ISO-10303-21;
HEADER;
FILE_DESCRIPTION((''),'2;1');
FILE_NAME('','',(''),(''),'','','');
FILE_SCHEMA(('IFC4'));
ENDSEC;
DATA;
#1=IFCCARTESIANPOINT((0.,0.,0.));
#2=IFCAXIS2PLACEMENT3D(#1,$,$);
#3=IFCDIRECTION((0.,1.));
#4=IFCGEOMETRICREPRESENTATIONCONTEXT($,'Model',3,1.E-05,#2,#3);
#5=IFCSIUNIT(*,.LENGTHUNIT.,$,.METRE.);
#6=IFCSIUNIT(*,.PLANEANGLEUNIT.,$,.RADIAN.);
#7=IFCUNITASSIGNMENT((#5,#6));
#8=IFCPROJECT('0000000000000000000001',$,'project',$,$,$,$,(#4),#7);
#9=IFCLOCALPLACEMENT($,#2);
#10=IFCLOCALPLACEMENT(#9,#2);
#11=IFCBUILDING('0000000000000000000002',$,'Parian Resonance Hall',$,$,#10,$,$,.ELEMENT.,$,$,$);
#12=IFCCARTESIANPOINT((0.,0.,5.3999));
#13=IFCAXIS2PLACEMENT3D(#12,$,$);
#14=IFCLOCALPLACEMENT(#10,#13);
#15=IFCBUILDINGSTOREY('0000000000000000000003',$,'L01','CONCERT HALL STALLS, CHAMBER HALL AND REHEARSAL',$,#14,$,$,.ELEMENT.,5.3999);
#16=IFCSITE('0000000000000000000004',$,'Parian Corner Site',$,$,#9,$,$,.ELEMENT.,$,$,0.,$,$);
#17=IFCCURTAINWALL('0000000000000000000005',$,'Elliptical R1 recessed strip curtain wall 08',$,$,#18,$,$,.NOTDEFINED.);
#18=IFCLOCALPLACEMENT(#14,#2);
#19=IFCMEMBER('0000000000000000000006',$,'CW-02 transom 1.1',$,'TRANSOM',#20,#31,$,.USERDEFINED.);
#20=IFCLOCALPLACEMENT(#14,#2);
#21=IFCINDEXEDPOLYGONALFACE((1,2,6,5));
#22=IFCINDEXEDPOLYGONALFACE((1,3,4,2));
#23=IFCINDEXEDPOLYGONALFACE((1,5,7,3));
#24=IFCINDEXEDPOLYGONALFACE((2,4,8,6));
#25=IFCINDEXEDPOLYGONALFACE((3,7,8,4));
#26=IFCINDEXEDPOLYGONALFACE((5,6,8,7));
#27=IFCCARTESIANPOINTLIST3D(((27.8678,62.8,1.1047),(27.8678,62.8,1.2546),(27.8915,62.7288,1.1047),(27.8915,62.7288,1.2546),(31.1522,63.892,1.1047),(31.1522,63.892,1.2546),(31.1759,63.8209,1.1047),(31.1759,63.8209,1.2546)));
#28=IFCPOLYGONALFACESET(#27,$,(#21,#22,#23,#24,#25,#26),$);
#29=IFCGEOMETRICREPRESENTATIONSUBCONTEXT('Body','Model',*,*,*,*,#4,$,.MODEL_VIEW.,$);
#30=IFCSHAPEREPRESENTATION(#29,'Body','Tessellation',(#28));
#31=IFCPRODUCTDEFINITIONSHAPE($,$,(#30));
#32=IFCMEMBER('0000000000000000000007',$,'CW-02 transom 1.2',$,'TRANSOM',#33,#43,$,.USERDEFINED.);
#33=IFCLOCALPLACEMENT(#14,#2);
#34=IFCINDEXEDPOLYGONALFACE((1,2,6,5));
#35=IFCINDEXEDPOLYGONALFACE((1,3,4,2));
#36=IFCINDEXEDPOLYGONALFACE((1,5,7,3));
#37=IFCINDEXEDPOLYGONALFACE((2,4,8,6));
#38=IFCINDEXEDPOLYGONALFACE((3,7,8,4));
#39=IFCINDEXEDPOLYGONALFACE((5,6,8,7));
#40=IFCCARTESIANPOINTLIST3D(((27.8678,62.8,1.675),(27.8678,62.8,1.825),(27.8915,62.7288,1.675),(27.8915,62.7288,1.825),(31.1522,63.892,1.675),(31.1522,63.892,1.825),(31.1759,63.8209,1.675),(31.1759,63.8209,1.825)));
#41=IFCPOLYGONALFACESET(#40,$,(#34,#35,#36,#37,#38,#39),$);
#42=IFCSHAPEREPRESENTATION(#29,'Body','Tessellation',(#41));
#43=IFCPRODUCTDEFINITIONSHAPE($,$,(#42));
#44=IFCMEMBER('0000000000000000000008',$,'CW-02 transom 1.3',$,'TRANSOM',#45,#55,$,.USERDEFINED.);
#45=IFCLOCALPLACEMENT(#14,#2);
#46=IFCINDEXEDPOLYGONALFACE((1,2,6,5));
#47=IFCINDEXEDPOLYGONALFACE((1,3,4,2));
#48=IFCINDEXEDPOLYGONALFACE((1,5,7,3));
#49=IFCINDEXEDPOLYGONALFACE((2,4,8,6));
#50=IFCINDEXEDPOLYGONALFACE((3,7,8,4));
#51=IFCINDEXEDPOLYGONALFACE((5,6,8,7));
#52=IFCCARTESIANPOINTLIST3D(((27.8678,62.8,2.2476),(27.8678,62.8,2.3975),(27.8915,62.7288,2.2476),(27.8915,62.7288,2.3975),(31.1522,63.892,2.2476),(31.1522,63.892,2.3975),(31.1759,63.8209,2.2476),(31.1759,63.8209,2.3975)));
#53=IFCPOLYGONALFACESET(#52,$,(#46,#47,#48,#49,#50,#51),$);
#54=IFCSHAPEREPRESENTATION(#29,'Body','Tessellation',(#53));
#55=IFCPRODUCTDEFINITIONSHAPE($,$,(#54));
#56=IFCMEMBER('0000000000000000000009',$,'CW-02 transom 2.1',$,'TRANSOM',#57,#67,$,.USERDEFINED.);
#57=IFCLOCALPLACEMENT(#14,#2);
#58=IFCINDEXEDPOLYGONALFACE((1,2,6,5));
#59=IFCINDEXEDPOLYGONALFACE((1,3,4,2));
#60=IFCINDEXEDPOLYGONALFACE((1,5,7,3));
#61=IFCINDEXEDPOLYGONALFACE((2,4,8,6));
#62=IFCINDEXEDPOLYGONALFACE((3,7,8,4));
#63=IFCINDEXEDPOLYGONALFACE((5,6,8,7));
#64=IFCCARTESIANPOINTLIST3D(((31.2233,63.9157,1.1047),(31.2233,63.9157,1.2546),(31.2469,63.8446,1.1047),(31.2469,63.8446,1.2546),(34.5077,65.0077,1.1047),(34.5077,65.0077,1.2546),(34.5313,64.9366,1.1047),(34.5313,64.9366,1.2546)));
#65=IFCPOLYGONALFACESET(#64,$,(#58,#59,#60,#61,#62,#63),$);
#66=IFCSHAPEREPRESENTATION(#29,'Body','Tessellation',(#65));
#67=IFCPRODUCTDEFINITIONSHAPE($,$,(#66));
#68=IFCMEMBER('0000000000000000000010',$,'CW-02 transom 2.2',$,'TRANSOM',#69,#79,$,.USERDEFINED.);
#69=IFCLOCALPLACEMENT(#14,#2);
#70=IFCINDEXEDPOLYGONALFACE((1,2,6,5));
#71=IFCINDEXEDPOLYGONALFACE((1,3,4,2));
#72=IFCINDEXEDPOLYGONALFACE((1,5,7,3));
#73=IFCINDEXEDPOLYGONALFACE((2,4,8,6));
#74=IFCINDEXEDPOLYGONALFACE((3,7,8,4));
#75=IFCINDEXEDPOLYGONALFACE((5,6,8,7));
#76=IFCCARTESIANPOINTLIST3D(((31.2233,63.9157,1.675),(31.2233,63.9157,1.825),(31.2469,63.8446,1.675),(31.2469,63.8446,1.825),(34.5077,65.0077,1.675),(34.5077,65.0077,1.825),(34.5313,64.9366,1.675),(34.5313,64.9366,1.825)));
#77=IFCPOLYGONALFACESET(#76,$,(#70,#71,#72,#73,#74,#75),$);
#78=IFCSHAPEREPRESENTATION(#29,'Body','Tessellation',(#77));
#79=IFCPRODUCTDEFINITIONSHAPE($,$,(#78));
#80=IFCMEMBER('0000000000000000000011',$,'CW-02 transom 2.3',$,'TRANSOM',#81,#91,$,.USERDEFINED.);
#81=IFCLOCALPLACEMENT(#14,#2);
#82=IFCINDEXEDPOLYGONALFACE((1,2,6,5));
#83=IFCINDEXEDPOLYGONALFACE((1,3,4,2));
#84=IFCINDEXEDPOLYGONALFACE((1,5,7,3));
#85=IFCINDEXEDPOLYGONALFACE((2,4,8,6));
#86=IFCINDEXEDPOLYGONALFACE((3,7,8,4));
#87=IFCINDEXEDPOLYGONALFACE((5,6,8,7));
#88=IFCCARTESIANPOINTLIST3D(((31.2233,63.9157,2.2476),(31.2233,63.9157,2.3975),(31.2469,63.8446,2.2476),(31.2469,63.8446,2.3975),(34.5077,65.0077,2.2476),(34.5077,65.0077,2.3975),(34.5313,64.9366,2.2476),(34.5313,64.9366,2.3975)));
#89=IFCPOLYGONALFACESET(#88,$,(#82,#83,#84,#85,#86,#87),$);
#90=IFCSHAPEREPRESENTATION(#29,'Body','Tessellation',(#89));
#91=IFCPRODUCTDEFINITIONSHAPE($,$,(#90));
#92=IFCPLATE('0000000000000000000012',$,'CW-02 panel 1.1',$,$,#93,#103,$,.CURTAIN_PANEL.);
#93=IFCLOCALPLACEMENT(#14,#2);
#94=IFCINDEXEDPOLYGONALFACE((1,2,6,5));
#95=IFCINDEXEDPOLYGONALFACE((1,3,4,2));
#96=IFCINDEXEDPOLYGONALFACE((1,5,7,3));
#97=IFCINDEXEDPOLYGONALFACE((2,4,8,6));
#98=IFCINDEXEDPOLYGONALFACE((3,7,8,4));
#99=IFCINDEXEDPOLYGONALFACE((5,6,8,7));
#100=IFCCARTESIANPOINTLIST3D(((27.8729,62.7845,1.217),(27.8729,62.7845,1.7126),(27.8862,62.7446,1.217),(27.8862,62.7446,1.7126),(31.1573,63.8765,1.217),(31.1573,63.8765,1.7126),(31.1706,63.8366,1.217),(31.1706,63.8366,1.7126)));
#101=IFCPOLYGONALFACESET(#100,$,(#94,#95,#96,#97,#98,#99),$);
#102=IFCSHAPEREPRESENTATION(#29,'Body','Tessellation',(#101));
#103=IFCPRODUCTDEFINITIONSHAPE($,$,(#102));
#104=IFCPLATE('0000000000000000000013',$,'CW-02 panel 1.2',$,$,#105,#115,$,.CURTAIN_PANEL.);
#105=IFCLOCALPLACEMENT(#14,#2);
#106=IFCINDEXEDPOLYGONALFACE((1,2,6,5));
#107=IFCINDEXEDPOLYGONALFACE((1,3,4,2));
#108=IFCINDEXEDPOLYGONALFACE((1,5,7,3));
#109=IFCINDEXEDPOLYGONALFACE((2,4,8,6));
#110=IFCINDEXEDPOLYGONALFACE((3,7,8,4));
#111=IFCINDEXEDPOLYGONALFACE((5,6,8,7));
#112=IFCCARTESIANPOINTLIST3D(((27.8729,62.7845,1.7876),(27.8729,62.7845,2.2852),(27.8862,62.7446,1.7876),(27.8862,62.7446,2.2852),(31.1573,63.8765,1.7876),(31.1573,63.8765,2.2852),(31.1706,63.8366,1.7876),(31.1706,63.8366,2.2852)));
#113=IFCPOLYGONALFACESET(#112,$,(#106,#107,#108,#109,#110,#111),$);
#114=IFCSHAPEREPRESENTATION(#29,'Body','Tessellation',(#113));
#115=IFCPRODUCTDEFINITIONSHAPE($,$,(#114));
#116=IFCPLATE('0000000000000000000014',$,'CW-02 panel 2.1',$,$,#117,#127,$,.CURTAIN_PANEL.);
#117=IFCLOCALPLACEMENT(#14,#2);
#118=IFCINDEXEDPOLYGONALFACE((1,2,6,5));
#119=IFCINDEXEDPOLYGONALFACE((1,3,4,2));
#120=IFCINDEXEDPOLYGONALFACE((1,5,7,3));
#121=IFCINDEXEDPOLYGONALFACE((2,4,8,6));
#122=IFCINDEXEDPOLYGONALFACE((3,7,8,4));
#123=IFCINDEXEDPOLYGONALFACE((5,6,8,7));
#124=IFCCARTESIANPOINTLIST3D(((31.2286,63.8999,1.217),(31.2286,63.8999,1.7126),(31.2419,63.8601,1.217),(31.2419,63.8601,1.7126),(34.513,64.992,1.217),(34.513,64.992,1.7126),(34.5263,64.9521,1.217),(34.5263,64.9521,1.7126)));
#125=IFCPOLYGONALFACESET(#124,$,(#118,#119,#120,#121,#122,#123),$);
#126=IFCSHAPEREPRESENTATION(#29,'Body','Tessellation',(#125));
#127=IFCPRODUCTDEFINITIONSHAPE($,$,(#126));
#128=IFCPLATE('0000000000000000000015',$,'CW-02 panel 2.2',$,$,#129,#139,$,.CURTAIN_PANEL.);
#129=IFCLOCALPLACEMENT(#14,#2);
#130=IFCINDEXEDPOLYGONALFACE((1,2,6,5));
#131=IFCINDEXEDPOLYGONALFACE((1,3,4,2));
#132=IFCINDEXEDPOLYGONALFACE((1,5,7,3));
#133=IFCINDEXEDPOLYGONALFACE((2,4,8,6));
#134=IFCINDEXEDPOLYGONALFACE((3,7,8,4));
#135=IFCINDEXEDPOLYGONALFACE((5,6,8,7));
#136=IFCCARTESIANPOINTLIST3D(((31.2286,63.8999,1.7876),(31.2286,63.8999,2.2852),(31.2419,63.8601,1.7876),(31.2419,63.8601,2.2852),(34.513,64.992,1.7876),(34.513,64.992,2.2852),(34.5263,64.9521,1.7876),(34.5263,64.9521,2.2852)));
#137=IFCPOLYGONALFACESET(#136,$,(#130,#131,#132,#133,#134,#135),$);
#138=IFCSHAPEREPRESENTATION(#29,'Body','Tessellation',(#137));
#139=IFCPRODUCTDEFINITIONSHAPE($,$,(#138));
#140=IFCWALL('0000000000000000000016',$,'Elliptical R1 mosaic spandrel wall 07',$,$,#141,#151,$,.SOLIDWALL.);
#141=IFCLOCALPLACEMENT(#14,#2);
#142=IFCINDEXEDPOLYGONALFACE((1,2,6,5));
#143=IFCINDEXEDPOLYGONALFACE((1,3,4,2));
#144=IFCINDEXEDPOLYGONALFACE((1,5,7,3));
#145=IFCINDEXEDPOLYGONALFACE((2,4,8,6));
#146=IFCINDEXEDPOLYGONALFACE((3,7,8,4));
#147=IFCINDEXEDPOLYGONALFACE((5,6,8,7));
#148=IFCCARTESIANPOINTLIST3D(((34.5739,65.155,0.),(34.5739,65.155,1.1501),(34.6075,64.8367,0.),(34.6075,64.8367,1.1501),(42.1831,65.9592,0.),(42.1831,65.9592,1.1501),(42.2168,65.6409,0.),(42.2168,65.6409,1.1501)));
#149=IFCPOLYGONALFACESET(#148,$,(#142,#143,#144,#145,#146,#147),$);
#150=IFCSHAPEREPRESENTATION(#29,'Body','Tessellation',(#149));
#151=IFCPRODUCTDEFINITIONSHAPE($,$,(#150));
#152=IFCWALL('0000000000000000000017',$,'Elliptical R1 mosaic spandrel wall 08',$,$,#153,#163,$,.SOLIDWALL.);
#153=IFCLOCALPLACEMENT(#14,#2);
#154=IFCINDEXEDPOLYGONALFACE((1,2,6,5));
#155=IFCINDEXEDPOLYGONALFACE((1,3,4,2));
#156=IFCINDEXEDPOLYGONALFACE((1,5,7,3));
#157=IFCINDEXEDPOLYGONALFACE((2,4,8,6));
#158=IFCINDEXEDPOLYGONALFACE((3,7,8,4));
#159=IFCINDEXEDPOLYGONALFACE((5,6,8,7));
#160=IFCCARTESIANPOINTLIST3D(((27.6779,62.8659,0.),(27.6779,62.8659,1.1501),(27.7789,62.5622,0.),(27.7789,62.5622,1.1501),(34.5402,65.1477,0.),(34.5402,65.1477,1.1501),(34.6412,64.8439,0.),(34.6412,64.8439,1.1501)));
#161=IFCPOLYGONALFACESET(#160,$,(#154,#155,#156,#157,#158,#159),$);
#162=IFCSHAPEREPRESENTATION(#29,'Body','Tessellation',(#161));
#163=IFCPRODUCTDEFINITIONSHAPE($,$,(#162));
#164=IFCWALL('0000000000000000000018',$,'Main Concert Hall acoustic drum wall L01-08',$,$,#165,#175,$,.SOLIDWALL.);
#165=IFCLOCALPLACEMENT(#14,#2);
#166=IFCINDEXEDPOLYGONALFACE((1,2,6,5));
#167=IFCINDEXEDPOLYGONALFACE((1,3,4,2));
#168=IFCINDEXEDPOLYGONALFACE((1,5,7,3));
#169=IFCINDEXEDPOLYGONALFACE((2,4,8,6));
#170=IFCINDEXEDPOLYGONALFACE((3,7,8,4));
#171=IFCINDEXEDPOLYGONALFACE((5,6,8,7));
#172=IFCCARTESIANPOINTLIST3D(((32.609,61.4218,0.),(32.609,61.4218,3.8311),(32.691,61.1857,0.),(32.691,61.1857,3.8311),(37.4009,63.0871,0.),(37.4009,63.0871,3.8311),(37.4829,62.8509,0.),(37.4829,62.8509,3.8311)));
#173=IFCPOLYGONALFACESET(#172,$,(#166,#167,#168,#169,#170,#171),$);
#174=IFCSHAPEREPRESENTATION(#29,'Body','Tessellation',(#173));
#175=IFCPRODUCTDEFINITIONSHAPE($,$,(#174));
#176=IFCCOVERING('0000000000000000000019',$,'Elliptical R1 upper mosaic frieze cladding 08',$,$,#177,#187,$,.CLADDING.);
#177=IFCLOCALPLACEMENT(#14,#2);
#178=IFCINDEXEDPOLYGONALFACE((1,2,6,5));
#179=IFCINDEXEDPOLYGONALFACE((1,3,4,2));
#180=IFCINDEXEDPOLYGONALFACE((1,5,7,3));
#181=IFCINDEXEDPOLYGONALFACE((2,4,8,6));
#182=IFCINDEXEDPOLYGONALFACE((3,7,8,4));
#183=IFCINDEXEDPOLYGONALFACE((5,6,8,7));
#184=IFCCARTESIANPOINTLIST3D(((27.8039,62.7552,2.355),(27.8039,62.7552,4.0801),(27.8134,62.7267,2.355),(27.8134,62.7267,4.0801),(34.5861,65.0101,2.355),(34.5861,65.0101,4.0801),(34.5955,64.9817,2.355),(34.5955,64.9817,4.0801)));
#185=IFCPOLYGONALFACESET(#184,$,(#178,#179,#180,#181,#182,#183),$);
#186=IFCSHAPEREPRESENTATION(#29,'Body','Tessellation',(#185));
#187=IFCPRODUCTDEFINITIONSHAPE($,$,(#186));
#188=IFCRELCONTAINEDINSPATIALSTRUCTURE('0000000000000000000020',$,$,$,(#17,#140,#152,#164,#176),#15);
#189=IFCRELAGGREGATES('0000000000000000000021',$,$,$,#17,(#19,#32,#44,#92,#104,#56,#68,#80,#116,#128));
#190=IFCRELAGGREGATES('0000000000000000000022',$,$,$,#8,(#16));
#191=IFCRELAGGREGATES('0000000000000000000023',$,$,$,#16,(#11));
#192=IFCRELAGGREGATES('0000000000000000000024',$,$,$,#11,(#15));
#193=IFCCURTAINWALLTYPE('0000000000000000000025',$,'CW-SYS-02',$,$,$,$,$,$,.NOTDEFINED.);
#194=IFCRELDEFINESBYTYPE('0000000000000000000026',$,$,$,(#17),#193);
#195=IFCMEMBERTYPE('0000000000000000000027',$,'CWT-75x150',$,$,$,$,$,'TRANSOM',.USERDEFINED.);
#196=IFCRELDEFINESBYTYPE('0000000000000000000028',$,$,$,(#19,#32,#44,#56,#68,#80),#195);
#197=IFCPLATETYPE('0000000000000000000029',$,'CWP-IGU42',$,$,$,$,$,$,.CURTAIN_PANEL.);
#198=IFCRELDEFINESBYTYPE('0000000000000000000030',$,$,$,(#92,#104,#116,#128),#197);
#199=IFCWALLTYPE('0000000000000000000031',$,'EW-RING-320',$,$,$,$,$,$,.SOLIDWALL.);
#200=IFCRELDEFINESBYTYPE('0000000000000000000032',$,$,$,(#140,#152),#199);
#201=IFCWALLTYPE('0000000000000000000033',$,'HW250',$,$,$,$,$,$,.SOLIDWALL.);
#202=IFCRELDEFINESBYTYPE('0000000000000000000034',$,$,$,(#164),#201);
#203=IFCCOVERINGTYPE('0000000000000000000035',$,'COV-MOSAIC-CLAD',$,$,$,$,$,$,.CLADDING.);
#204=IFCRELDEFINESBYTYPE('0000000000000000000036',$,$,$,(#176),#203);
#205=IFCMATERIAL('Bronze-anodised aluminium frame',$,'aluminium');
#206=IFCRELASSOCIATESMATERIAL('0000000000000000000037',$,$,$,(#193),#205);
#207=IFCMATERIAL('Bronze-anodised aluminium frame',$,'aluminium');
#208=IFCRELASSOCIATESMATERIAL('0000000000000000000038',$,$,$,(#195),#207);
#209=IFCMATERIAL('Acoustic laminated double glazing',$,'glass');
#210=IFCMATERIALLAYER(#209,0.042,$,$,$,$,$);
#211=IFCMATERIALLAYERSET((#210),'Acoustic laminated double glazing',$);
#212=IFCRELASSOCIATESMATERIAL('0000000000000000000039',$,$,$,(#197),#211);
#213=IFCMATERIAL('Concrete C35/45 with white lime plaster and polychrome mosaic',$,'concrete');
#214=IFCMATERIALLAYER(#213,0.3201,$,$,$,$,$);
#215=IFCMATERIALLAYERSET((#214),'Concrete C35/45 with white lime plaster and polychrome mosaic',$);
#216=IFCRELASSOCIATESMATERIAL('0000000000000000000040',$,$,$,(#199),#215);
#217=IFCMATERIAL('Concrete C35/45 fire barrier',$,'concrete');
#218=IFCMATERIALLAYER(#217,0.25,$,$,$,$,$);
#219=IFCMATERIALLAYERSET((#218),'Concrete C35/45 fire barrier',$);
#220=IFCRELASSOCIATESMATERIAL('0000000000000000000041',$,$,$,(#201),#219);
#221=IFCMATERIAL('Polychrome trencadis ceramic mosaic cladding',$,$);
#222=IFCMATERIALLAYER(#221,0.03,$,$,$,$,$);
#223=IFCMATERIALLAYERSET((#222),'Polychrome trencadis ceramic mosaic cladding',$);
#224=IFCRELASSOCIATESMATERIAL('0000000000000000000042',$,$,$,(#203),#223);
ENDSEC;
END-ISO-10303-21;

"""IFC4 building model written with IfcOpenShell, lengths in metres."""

from ifc_helpers import new_model, si_unit, direction, frame, frame_2d, origin, origin_2d, place, context, subcontext, project, spatial, rectangle, extrude, material, layer, layer_set, material_profile, profile_set, type_object, element, aggregate, save


model = new_model("IFC4")

# Units and contexts
model_context = context("Model", 3, precision=1e-05, world=origin(), true_north=direction((0.0, 1.0)))
body_context = subcontext(model_context, "Body", "Model", "MODEL_VIEW")
ifc_project = project(units=[si_unit("LENGTHUNIT", "METRE"), si_unit("PLANEANGLEUNIT", "RADIAN")], contexts=[model_context])

# Site, building, storey
site_placement = place(None, origin())
site = spatial("IfcSite", under=ifc_project, at=site_placement, Name="Parian Corner Site", CompositionType="ELEMENT", RefElevation=0.0)
building_placement = place(site_placement, origin())
building = spatial("IfcBuilding", under=site, at=building_placement, Name="Parian Resonance Hall", CompositionType="ELEMENT")
storey_placement = place(building_placement, frame((0.0, 0.0, 5.3999)))
storey = spatial("IfcBuildingStorey", under=building, at=storey_placement, Name="L01", Description="CONCERT HALL STALLS, CHAMBER HALL AND REHEARSAL", CompositionType="ELEMENT", Elevation=5.3999)

# Curtain wall, members, plates
ifc_material_1 = material(Name="Bronze-anodised aluminium frame", Category="aluminium")
curtain_wall_type_1 = type_object("IfcCurtainWallType", Name="CW-SYS-02", PredefinedType="NOTDEFINED", material=ifc_material_1)
curtain_wall_1_placement = place(storey_placement, origin())
curtain_wall_1 = element("IfcCurtainWall", 1, at=curtain_wall_1_placement, inside=storey, type_object=curtain_wall_type_1, Name="Elliptical R1 recessed strip curtain wall 08", PredefinedType="NOTDEFINED")
ifc_material_2 = material(Name="Bronze-anodised aluminium frame", Category="aluminium")
ifc_material_profile_1 = material_profile(ifc_material_2, rectangle(XDim=0.075, YDim=0.1499, at=origin_2d()), Name="CWT-75x150")
ifc_profile_set_1 = profile_set([ifc_material_profile_1], Name="Bronze-anodised aluminium frame")
member_type_1 = type_object("IfcMemberType", Name="CWT-75x150", ElementType="TRANSOM", PredefinedType="USERDEFINED", material=ifc_profile_set_1)
member_1_placement = place(storey_placement, frame((27.8796, 62.7644, 1.1797), z_axis=(0.948923, 0.315508, 0.0), x_axis=(-0.315508, 0.948923, 0.0)))
member_1 = element("IfcMember", 2, at=member_1_placement, type_object=member_type_1, Name="CW-02 transom 1.1", ObjectType="TRANSOM", PredefinedType="USERDEFINED", context=body_context, shape_type="SweptSolid", body=[
    extrude(rectangle(XDim=0.075, YDim=0.1499, at=origin_2d()), origin(), (0.0, 0.0, 1.0), 3.4612),
])
member_2_placement = place(storey_placement, frame((27.8796, 62.7644, 1.75), z_axis=(0.948923, 0.315508, 0.0), x_axis=(-0.315508, 0.948923, 0.0)))
member_2 = element("IfcMember", 3, at=member_2_placement, type_object=member_type_1, Name="CW-02 transom 1.2", ObjectType="TRANSOM", PredefinedType="USERDEFINED", context=body_context, shape_type="SweptSolid", body=[
    extrude(rectangle(XDim=0.075, YDim=0.1499, at=origin_2d()), origin(), (0.0, 0.0, 1.0), 3.4612),
])
member_3_placement = place(storey_placement, frame((27.8796, 62.7644, 2.3225), z_axis=(0.948923, 0.315508, 0.0), x_axis=(-0.315508, 0.948923, 0.0)))
member_3 = element("IfcMember", 4, at=member_3_placement, type_object=member_type_1, Name="CW-02 transom 1.3", ObjectType="TRANSOM", PredefinedType="USERDEFINED", context=body_context, shape_type="SweptSolid", body=[
    extrude(rectangle(XDim=0.075, YDim=0.1499, at=origin_2d()), origin(), (0.0, 0.0, 1.0), 3.4612),
])
member_4_placement = place(storey_placement, frame((31.2351, 63.8801, 1.1797), z_axis=(0.948923, 0.315508, 0.0), x_axis=(-0.315508, 0.948923, 0.0)))
member_4 = element("IfcMember", 5, at=member_4_placement, type_object=member_type_1, Name="CW-02 transom 2.1", ObjectType="TRANSOM", PredefinedType="USERDEFINED", context=body_context, shape_type="SweptSolid", body=[
    extrude(rectangle(XDim=0.075, YDim=0.1499, at=origin_2d()), origin(), (0.0, 0.0, 1.0), 3.4612),
])
member_5_placement = place(storey_placement, frame((31.2351, 63.8801, 1.75), z_axis=(0.948923, 0.315508, 0.0), x_axis=(-0.315508, 0.948923, 0.0)))
member_5 = element("IfcMember", 6, at=member_5_placement, type_object=member_type_1, Name="CW-02 transom 2.2", ObjectType="TRANSOM", PredefinedType="USERDEFINED", context=body_context, shape_type="SweptSolid", body=[
    extrude(rectangle(XDim=0.075, YDim=0.1499, at=origin_2d()), origin(), (0.0, 0.0, 1.0), 3.4612),
])
member_6_placement = place(storey_placement, frame((31.2351, 63.8801, 2.3225), z_axis=(0.948923, 0.315508, 0.0), x_axis=(-0.315508, 0.948923, 0.0)))
member_6 = element("IfcMember", 7, at=member_6_placement, type_object=member_type_1, Name="CW-02 transom 2.3", ObjectType="TRANSOM", PredefinedType="USERDEFINED", context=body_context, shape_type="SweptSolid", body=[
    extrude(rectangle(XDim=0.075, YDim=0.1499, at=origin_2d()), origin(), (0.0, 0.0, 1.0), 3.4612),
])
ifc_material_3 = material(Name="Acoustic laminated double glazing", Category="glass")
ifc_layer_1 = layer(ifc_material_3, 0.042)
ifc_layer_set_1 = layer_set([ifc_layer_1], Name="Acoustic laminated double glazing")
plate_type = type_object("IfcPlateType", Name="CWP-IGU42", PredefinedType="CURTAIN_PANEL", material=ifc_layer_set_1)
plate_1_placement = place(storey_placement, frame((29.5217, 63.3105, 1.217), z_axis=(0.0, 0.0, 1.0), x_axis=(0.948924, 0.315506, 0.0)))
plate_1 = element("IfcPlate", 8, at=plate_1_placement, type_object=plate_type, Name="CW-02 panel 1.1", PredefinedType="CURTAIN_PANEL", context=body_context, shape_type="SweptSolid", body=[
    extrude(rectangle(XDim=3.4612, YDim=0.042, at=origin_2d()), origin(), (0.0, 0.0, 1.0), 0.4956),
])
plate_2_placement = place(storey_placement, frame((29.5217, 63.3105, 1.7876), z_axis=(0.0, 0.0, 1.0), x_axis=(0.948924, 0.315506, 0.0)))
plate_2 = element("IfcPlate", 9, at=plate_2_placement, type_object=plate_type, Name="CW-02 panel 1.2", PredefinedType="CURTAIN_PANEL", context=body_context, shape_type="SweptSolid", body=[
    extrude(rectangle(XDim=3.4612, YDim=0.042, at=origin_2d()), origin(), (0.0, 0.0, 1.0), 0.4976),
])
plate_3_placement = place(storey_placement, frame((32.8774, 64.426, 1.217), z_axis=(0.0, 0.0, 1.0), x_axis=(0.948924, 0.315506, 0.0)))
plate_3 = element("IfcPlate", 10, at=plate_3_placement, type_object=plate_type, Name="CW-02 panel 2.1", PredefinedType="CURTAIN_PANEL", context=body_context, shape_type="SweptSolid", body=[
    extrude(rectangle(XDim=3.4612, YDim=0.042, at=origin_2d()), origin(), (0.0, 0.0, 1.0), 0.4956),
])
plate_4_placement = place(storey_placement, frame((32.8774, 64.426, 1.7876), z_axis=(0.0, 0.0, 1.0), x_axis=(0.948924, 0.315506, 0.0)))
plate_4 = element("IfcPlate", 11, at=plate_4_placement, type_object=plate_type, Name="CW-02 panel 2.2", PredefinedType="CURTAIN_PANEL", context=body_context, shape_type="SweptSolid", body=[
    extrude(rectangle(XDim=3.4612, YDim=0.042, at=origin_2d()), origin(), (0.0, 0.0, 1.0), 0.4976),
])
aggregate(curtain_wall_1, [member_1, member_2, member_3, plate_1, plate_2, member_4, member_5, member_6, plate_3, plate_4])

# Walls
ifc_material_4 = material(Name="Concrete C35/45 with white lime plaster and polychrome mosaic", Category="concrete")
ifc_layer_2 = layer(ifc_material_4, 0.3201)
ifc_layer_set_2 = layer_set([ifc_layer_2], Name="Concrete C35/45 with white lime plaster and polychrome mosaic")
wall_type_1 = type_object("IfcWallType", Name="EW-RING-320", PredefinedType="SOLIDWALL", material=ifc_layer_set_2)
wall_1_placement = place(storey_placement, frame((34.5908, 64.9958, 0.0), z_axis=(0.0, 0.0, 1.0), x_axis=(0.994461, 0.105103, 0.0)))
element("IfcWall", 12, at=wall_1_placement, inside=storey, type_object=wall_type_1, Name="Elliptical R1 mosaic spandrel wall 07", PredefinedType="SOLIDWALL", context=body_context, shape_type="SweptSolid", body=[
    extrude(rectangle(XDim=7.6516, YDim=0.3201, at=frame_2d((3.8257, 0.0))), origin(), (0.0, 0.0, 1.0), 1.1501),
])
wall_2_placement = place(storey_placement, frame((27.7285, 62.7141, 0.0), z_axis=(0.0, 0.0, 1.0), x_axis=(0.948919, 0.315519, 0.0)))
element("IfcWall", 13, at=wall_2_placement, inside=storey, type_object=wall_type_1, Name="Elliptical R1 mosaic spandrel wall 08", PredefinedType="SOLIDWALL", context=body_context, shape_type="SweptSolid", body=[
    extrude(rectangle(XDim=7.2317, YDim=0.3201, at=frame_2d((3.6157, 0.0))), origin(), (0.0, 0.0, 1.0), 1.1501),
])

# Shared definitions
ifc_material_5 = material(Name="Concrete C35/45 fire barrier", Category="concrete")
ifc_layer_3 = layer(ifc_material_5, 0.25)
ifc_layer_set_3 = layer_set([ifc_layer_3], Name="Concrete C35/45 fire barrier")
wall_type_2 = type_object("IfcWallType", Name="HW250", PredefinedType="SOLIDWALL", material=ifc_layer_set_3)

# Wall
wall_3_placement = place(storey_placement, frame((32.6499, 61.3037, 0.0), z_axis=(0.0, 0.0, 1.0), x_axis=(0.944588, 0.328257, 0.0)))
element("IfcWall", 14, at=wall_3_placement, inside=storey, type_object=wall_type_2, Name="Main Concert Hall acoustic drum wall L01-08", PredefinedType="SOLIDWALL", context=body_context, shape_type="SweptSolid", body=[
    extrude(rectangle(XDim=5.073, YDim=0.25, at=frame_2d((2.5366, 0.0))), origin(), (0.0, 0.0, 1.0), 3.8311),
])

# Covering
ifc_material_6 = material(Name="Polychrome trencadis ceramic mosaic cladding")
ifc_layer_4 = layer(ifc_material_6, 0.03)
ifc_layer_set_4 = layer_set([ifc_layer_4], Name="Polychrome trencadis ceramic mosaic cladding")
covering_type = type_object("IfcCoveringType", Name="COV-MOSAIC-CLAD", PredefinedType="CLADDING", material=ifc_layer_set_4)
covering_placement = place(storey_placement, frame((31.1997, 63.8684, 2.355), z_axis=(0.0, 0.0, 1.0), x_axis=(0.948924, 0.315505, 0.0)))
element("IfcCovering", 15, at=covering_placement, inside=storey, type_object=covering_type, Name="Elliptical R1 upper mosaic frieze cladding 08", PredefinedType="CLADDING", context=body_context, shape_type="SweptSolid", body=[
    extrude(rectangle(XDim=7.1472, YDim=0.03, at=origin_2d()), origin(), (0.0, 0.0, 1.0), 1.7251),
])

save(model, "model.ifc")
